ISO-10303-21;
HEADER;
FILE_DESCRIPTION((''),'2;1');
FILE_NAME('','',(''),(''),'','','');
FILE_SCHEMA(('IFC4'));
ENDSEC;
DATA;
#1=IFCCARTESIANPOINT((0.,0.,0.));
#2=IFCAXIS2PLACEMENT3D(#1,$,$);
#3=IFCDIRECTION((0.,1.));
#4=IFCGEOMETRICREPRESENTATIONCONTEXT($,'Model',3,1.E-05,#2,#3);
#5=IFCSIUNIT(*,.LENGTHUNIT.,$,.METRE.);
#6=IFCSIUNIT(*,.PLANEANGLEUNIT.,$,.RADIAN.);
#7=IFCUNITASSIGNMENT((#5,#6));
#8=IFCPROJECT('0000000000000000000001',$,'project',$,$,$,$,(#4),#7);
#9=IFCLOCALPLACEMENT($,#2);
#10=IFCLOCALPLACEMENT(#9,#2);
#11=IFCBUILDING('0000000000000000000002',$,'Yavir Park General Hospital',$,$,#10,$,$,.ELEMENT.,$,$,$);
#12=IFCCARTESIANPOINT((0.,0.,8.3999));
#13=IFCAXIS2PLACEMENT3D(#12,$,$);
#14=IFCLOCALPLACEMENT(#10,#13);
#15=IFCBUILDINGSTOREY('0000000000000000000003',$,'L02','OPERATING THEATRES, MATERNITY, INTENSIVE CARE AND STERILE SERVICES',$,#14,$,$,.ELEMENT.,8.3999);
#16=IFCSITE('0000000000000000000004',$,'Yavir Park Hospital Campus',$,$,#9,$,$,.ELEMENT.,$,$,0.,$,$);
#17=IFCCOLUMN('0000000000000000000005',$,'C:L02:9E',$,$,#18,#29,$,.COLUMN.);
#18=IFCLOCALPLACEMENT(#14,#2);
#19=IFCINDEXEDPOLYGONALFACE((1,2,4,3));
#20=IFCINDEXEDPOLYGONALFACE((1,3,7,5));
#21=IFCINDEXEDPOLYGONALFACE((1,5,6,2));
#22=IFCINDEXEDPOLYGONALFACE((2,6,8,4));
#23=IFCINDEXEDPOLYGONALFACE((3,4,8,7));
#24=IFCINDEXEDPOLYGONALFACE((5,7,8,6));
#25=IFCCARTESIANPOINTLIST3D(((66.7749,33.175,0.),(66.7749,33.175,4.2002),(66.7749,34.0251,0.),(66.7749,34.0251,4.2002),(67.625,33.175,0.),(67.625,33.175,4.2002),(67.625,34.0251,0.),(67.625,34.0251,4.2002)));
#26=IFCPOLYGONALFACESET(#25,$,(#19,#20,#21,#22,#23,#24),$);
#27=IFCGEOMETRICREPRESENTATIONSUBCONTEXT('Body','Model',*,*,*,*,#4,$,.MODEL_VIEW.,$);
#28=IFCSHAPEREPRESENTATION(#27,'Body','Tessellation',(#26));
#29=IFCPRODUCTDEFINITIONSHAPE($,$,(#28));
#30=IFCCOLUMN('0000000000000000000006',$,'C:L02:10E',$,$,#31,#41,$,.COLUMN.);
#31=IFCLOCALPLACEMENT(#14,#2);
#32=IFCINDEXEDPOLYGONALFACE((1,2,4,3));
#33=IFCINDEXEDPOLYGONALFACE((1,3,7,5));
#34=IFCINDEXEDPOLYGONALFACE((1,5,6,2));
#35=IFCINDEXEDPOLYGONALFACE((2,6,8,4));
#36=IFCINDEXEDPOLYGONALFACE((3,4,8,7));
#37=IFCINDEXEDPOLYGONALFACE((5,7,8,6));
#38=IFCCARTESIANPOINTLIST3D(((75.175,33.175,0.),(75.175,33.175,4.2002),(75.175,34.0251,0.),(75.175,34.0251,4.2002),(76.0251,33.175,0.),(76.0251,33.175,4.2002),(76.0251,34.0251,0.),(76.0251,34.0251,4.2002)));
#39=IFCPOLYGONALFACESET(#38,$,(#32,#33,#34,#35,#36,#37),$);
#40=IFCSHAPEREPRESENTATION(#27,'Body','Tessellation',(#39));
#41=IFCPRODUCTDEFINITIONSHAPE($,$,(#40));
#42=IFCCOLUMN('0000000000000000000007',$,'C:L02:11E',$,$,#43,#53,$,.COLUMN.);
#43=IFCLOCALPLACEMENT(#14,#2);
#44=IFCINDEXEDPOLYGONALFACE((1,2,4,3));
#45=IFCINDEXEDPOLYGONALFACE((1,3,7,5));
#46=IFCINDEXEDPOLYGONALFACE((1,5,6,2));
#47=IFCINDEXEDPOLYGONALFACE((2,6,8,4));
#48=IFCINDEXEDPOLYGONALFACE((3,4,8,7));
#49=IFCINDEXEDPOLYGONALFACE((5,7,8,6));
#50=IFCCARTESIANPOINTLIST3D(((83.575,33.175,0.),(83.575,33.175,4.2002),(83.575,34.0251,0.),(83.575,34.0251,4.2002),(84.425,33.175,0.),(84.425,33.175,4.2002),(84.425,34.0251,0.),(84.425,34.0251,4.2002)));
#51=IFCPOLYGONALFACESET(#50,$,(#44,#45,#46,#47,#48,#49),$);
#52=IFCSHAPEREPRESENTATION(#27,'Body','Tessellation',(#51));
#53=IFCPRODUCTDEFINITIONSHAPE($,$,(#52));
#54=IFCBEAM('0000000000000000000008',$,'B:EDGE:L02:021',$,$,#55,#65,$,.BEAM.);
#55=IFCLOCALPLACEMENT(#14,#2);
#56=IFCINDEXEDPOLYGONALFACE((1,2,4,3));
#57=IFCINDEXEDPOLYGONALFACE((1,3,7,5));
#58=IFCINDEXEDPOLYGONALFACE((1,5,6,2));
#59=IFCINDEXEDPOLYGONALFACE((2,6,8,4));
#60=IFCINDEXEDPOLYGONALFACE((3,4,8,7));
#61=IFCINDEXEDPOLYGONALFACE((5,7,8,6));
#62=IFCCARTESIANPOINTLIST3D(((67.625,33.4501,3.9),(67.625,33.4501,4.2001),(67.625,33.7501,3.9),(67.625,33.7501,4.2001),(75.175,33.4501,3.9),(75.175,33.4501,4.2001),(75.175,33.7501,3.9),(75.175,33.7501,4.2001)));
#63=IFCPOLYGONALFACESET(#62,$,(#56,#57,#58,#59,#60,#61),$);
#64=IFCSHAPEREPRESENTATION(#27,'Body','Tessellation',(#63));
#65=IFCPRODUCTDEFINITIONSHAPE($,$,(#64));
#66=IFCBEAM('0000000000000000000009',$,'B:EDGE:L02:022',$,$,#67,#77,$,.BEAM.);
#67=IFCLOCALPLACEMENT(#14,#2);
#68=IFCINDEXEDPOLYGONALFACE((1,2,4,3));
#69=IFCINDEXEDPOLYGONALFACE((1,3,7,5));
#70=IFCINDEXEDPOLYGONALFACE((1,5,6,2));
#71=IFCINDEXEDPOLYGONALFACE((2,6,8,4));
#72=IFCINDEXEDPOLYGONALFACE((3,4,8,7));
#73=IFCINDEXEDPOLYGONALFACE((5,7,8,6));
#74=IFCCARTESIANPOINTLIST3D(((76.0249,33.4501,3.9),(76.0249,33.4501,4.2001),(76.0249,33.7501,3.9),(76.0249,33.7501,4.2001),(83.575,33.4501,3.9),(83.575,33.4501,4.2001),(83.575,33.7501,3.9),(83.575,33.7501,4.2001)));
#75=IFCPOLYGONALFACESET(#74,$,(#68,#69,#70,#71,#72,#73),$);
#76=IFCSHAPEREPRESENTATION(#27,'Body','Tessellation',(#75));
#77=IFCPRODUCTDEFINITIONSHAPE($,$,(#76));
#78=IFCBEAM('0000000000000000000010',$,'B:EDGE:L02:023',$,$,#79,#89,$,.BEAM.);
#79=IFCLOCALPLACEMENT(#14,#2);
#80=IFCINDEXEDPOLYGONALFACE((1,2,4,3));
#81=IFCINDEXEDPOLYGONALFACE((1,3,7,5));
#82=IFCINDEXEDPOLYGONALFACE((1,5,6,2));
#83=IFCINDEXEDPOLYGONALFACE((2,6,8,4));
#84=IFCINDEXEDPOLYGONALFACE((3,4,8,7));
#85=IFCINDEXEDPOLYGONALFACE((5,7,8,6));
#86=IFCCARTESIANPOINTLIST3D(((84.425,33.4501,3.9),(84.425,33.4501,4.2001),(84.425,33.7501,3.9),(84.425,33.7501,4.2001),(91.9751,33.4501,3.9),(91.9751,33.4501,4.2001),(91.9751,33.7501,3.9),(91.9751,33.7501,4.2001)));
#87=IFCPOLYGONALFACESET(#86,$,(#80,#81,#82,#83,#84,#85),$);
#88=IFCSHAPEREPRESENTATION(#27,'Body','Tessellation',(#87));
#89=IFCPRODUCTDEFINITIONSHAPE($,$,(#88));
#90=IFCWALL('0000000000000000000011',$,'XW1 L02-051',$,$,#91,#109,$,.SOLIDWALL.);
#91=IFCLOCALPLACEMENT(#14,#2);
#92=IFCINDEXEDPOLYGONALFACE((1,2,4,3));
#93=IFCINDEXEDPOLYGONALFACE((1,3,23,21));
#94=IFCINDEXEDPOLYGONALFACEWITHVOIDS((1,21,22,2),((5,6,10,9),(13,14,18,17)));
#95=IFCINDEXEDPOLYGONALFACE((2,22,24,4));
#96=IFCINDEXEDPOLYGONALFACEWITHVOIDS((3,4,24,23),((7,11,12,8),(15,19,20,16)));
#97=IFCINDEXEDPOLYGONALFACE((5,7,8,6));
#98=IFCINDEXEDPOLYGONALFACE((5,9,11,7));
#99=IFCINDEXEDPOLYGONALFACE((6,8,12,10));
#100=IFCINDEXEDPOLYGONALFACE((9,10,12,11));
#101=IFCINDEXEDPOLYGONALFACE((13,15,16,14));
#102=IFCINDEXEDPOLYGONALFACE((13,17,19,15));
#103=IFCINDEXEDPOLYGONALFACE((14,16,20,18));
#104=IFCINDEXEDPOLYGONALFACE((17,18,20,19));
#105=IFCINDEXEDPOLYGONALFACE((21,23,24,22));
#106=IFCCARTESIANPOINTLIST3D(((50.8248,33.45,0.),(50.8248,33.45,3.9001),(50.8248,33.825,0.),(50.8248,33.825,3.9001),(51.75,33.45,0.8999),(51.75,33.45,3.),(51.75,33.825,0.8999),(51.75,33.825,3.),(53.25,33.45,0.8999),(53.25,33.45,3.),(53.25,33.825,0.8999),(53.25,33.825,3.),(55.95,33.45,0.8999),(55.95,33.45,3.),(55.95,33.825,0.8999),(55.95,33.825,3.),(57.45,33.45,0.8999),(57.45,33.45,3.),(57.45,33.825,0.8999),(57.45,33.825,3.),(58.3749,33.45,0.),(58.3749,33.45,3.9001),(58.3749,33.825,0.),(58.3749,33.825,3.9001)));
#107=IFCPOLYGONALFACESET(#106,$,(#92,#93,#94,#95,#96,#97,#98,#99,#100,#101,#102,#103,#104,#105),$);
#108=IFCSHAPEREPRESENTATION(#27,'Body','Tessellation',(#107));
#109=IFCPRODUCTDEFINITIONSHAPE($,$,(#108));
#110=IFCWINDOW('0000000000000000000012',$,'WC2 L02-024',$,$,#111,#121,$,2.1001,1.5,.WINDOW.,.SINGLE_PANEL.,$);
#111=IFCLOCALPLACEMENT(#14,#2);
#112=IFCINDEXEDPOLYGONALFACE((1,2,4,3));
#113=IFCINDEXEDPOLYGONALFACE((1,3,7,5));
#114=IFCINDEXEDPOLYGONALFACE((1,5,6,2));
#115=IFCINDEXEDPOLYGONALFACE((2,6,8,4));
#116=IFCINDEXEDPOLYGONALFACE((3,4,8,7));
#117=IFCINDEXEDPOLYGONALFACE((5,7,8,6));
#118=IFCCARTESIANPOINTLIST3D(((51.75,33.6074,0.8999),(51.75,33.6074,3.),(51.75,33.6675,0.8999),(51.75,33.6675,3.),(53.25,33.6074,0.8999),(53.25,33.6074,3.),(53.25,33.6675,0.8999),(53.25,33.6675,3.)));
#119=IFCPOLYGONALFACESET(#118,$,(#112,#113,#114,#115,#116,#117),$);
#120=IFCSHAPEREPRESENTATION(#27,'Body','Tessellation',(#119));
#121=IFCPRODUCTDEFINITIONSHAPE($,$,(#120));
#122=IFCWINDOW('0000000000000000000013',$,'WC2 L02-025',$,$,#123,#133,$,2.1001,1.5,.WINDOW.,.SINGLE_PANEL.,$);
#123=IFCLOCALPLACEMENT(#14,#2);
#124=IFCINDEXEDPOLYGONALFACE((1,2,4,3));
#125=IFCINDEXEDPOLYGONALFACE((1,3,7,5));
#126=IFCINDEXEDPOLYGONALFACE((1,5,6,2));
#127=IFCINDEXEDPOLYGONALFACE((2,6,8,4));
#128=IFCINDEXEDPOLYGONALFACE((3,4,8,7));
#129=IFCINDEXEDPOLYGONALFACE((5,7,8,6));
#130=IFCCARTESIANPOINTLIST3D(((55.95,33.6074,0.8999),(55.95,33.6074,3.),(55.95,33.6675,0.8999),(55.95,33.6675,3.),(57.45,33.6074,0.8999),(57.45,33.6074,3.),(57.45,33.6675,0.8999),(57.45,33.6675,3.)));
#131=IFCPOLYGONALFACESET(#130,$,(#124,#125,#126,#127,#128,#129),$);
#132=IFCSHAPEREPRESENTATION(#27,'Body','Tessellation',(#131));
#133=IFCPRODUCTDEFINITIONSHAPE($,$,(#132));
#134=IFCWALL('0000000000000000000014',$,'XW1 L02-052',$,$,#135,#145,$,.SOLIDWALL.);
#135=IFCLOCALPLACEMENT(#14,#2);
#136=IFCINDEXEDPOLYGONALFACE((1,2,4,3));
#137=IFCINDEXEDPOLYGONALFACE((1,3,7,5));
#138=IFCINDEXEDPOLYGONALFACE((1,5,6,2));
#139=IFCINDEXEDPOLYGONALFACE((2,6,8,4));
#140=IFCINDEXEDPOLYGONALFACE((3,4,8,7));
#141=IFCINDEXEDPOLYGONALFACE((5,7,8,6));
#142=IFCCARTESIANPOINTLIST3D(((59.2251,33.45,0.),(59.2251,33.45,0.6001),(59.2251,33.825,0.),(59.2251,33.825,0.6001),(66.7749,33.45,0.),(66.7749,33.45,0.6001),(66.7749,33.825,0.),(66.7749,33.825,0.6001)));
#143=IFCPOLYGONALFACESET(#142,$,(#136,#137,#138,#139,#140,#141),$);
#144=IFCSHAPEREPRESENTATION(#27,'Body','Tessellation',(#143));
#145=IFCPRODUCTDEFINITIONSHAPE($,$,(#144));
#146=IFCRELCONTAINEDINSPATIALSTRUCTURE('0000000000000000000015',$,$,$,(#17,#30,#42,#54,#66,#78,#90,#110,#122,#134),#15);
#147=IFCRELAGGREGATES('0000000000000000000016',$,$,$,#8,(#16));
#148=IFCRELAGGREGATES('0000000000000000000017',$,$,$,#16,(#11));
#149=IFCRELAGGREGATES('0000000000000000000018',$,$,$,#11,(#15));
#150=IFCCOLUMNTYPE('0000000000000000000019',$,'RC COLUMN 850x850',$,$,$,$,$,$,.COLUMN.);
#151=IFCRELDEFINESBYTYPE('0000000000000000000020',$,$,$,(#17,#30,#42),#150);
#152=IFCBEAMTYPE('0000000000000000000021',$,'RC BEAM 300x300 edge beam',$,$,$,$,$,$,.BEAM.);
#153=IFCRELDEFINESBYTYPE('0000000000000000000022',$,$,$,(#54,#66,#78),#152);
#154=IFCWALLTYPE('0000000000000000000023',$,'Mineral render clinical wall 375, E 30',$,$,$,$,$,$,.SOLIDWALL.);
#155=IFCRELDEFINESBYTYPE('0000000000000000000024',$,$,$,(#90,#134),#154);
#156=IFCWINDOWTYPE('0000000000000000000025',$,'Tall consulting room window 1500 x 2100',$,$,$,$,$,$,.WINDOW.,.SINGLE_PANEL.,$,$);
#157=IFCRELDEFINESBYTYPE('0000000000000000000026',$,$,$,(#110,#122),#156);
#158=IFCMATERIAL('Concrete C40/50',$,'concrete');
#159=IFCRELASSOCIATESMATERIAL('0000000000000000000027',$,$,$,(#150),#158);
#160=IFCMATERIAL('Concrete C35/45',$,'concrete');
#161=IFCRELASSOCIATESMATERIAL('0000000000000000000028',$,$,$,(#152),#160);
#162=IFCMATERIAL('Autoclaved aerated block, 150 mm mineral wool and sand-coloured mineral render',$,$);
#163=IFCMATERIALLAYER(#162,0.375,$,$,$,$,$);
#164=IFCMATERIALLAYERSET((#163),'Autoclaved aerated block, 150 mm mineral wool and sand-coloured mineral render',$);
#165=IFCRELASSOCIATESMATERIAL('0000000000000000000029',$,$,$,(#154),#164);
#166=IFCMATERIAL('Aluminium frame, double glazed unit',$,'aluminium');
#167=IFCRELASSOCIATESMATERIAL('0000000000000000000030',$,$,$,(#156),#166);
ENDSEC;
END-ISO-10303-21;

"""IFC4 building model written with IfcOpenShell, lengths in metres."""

from ifc_helpers import new_model, si_unit, direction, frame, frame_2d, origin, origin_2d, place, context, subcontext, project, spatial, rectangle, extrude, material, layer, layer_set, material_profile, profile_set, type_object, element, fill, save


model = new_model("IFC4")

# Units and contexts
model_context = context("Model", 3, precision=1e-05, world=origin(), true_north=direction((0.0, 1.0)))
body_context = subcontext(model_context, "Body", "Model", "MODEL_VIEW")
ifc_project = project(units=[si_unit("LENGTHUNIT", "METRE"), si_unit("PLANEANGLEUNIT", "RADIAN")], contexts=[model_context])

# Site, building, storey
site_placement = place(None, origin())
site = spatial("IfcSite", under=ifc_project, at=site_placement, Name="Yavir Park Hospital Campus", CompositionType="ELEMENT", RefElevation=0.0)
building_placement = place(site_placement, origin())
building = spatial("IfcBuilding", under=site, at=building_placement, Name="Yavir Park General Hospital", CompositionType="ELEMENT")
storey_placement = place(building_placement, frame((0.0, 0.0, 8.3999)))
storey = spatial("IfcBuildingStorey", under=building, at=storey_placement, Name="L02", Description="OPERATING THEATRES, MATERNITY, INTENSIVE CARE AND STERILE SERVICES", CompositionType="ELEMENT", Elevation=8.3999)

# Columns
ifc_material_1 = material(Name="Concrete C40/50", Category="concrete")
ifc_material_profile_1 = material_profile(ifc_material_1, rectangle(XDim=0.8501, YDim=0.8501, at=origin_2d()), Name="RC850x850")
ifc_profile_set_1 = profile_set([ifc_material_profile_1], Name="Concrete C40/50")
column_type = type_object("IfcColumnType", Name="RC COLUMN 850x850", PredefinedType="COLUMN", material=ifc_profile_set_1)
for number, where, z_axis, x_axis, name in (
    (1, (67.2, 33.6001, 0.0), (0.0, 0.0, 1.0), (1.0, 0.0, 0.0), "C:L02:9E"),
    (2, (75.6001, 33.6001, 0.0), (0.0, 0.0, 1.0), (1.0, 0.0, 0.0), "C:L02:10E"),
    (3, (84.0, 33.6001, 0.0), (0.0, 0.0, 1.0), (1.0, 0.0, 0.0), "C:L02:11E"),
):
    element("IfcColumn", number, at=place(storey_placement, frame(where, z_axis=z_axis, x_axis=x_axis)), inside=storey, type_object=column_type, Name=name, PredefinedType="COLUMN", context=body_context, shape_type="SweptSolid", body=[
        extrude(rectangle(XDim=0.8501, YDim=0.8501, at=origin_2d()), origin(), (0.0, 0.0, 1.0), 4.2002),
    ])

# Beams
ifc_material_2 = material(Name="Concrete C35/45", Category="concrete")
ifc_material_profile_2 = material_profile(ifc_material_2, rectangle(XDim=0.3, YDim=0.3, at=origin_2d()), Name="RC300x300")
ifc_profile_set_2 = profile_set([ifc_material_profile_2], Name="Concrete C35/45")
beam_type = type_object("IfcBeamType", Name="RC BEAM 300x300 edge beam", PredefinedType="BEAM", material=ifc_profile_set_2)
for number, where, z_axis, x_axis, name in (
    (4, (67.625, 33.6001, 4.05), (1.0, 0.0, 0.0), (0.0, 1.0, 0.0), "B:EDGE:L02:021"),
    (5, (76.0249, 33.6001, 4.05), (1.0, 0.0, 0.0), (0.0, 1.0, 0.0), "B:EDGE:L02:022"),
    (6, (84.425, 33.6001, 4.05), (1.0, 0.0, 0.0), (0.0, 1.0, 0.0), "B:EDGE:L02:023"),
):
    element("IfcBeam", number, at=place(storey_placement, frame(where, z_axis=z_axis, x_axis=x_axis)), inside=storey, type_object=beam_type, Name=name, PredefinedType="BEAM", context=body_context, shape_type="SweptSolid", body=[
        extrude(rectangle(XDim=0.3, YDim=0.3, at=origin_2d()), origin(), (0.0, 0.0, 1.0), 7.55),
    ])

# Wall, openings, windows
ifc_material_3 = material(Name="Autoclaved aerated block, 150 mm mineral wool and sand-coloured mineral render")
ifc_layer = layer(ifc_material_3, 0.375)
ifc_layer_set = layer_set([ifc_layer], Name="Autoclaved aerated block, 150 mm mineral wool and sand-coloured mineral render")
wall_type = type_object("IfcWallType", Name="Mineral render clinical wall 375, E 30", PredefinedType="SOLIDWALL", material=ifc_layer_set)
wall_1_placement = place(storey_placement, frame((50.825, 33.6375, 0.0), z_axis=(0.0, 0.0, 1.0), x_axis=(1.0, 0.0, 0.0)))
wall_1 = element("IfcWall", 7, at=wall_1_placement, inside=storey, type_object=wall_type, Name="XW1 L02-051", PredefinedType="SOLIDWALL", context=body_context, shape_type="SweptSolid", body=[
    extrude(rectangle(XDim=7.55, YDim=0.375, at=frame_2d((3.7749, 0.0))), origin(), (0.0, 0.0, 1.0), 3.9001),
])
opening_1_placement = place(wall_1_placement, frame((0.925, 0.0, 0.8999)))
opening_1 = element("IfcOpeningElement", 8, at=opening_1_placement, cuts=wall_1, PredefinedType="OPENING", context=body_context, shape_type="SweptSolid", body=[
    extrude(rectangle(XDim=1.5, YDim=2.1001, at=frame_2d((0.75, 1.05))), frame((0.0, 0.1975, 0.0), z_axis=(0.0, -1.0, 0.0), x_axis=(1.0, 0.0, 0.0)), (0.0, 0.0, 1.0), 0.395),
])
opening_2_placement = place(wall_1_placement, frame((5.125, 0.0, 0.8999)))
opening_2 = element("IfcOpeningElement", 9, at=opening_2_placement, cuts=wall_1, PredefinedType="OPENING", context=body_context, shape_type="SweptSolid", body=[
    extrude(rectangle(XDim=1.5, YDim=2.1001, at=frame_2d((0.75, 1.05))), frame((0.0, 0.1975, 0.0), z_axis=(0.0, -1.0, 0.0), x_axis=(1.0, 0.0, 0.0)), (0.0, 0.0, 1.0), 0.395),
])
ifc_material_4 = material(Name="Aluminium frame, double glazed unit", Category="aluminium")
window_type = type_object("IfcWindowType", Name="Tall consulting room window 1500 x 2100", PartitioningType="SINGLE_PANEL", PredefinedType="WINDOW", material=ifc_material_4)
window_1_placement = place(opening_1_placement, origin())
window_1 = element("IfcWindow", 10, at=window_1_placement, inside=storey, type_object=window_type, Name="WC2 L02-024", OverallHeight=2.1001, OverallWidth=1.5, PartitioningType="SINGLE_PANEL", PredefinedType="WINDOW", context=body_context, shape_type="SweptSolid", body=[
    extrude(rectangle(XDim=1.5, YDim=2.1001, at=frame_2d((0.75, 1.05))), frame((0.0, 0.03, 0.0), z_axis=(0.0, -1.0, 0.0), x_axis=(1.0, 0.0, 0.0)), (0.0, 0.0, 1.0), 0.0601),
])
fill(opening_1, window_1)
window_2_placement = place(opening_2_placement, origin())
window_2 = element("IfcWindow", 11, at=window_2_placement, inside=storey, type_object=window_type, Name="WC2 L02-025", OverallHeight=2.1001, OverallWidth=1.5, PartitioningType="SINGLE_PANEL", PredefinedType="WINDOW", context=body_context, shape_type="SweptSolid", body=[
    extrude(rectangle(XDim=1.5, YDim=2.1001, at=frame_2d((0.75, 1.05))), frame((0.0, 0.03, 0.0), z_axis=(0.0, -1.0, 0.0), x_axis=(1.0, 0.0, 0.0)), (0.0, 0.0, 1.0), 0.0601),
])
fill(opening_2, window_2)

# Wall
wall_2_placement = place(storey_placement, frame((59.2251, 33.6375, 0.0), z_axis=(0.0, 0.0, 1.0), x_axis=(1.0, 0.0, 0.0)))
element("IfcWall", 12, at=wall_2_placement, inside=storey, type_object=wall_type, Name="XW1 L02-052", PredefinedType="SOLIDWALL", context=body_context, shape_type="SweptSolid", body=[
    extrude(rectangle(XDim=7.5498, YDim=0.375, at=frame_2d((3.7749, 0.0))), origin(), (0.0, 0.0, 1.0), 0.6001),
])

save(model, "model.ifc")
